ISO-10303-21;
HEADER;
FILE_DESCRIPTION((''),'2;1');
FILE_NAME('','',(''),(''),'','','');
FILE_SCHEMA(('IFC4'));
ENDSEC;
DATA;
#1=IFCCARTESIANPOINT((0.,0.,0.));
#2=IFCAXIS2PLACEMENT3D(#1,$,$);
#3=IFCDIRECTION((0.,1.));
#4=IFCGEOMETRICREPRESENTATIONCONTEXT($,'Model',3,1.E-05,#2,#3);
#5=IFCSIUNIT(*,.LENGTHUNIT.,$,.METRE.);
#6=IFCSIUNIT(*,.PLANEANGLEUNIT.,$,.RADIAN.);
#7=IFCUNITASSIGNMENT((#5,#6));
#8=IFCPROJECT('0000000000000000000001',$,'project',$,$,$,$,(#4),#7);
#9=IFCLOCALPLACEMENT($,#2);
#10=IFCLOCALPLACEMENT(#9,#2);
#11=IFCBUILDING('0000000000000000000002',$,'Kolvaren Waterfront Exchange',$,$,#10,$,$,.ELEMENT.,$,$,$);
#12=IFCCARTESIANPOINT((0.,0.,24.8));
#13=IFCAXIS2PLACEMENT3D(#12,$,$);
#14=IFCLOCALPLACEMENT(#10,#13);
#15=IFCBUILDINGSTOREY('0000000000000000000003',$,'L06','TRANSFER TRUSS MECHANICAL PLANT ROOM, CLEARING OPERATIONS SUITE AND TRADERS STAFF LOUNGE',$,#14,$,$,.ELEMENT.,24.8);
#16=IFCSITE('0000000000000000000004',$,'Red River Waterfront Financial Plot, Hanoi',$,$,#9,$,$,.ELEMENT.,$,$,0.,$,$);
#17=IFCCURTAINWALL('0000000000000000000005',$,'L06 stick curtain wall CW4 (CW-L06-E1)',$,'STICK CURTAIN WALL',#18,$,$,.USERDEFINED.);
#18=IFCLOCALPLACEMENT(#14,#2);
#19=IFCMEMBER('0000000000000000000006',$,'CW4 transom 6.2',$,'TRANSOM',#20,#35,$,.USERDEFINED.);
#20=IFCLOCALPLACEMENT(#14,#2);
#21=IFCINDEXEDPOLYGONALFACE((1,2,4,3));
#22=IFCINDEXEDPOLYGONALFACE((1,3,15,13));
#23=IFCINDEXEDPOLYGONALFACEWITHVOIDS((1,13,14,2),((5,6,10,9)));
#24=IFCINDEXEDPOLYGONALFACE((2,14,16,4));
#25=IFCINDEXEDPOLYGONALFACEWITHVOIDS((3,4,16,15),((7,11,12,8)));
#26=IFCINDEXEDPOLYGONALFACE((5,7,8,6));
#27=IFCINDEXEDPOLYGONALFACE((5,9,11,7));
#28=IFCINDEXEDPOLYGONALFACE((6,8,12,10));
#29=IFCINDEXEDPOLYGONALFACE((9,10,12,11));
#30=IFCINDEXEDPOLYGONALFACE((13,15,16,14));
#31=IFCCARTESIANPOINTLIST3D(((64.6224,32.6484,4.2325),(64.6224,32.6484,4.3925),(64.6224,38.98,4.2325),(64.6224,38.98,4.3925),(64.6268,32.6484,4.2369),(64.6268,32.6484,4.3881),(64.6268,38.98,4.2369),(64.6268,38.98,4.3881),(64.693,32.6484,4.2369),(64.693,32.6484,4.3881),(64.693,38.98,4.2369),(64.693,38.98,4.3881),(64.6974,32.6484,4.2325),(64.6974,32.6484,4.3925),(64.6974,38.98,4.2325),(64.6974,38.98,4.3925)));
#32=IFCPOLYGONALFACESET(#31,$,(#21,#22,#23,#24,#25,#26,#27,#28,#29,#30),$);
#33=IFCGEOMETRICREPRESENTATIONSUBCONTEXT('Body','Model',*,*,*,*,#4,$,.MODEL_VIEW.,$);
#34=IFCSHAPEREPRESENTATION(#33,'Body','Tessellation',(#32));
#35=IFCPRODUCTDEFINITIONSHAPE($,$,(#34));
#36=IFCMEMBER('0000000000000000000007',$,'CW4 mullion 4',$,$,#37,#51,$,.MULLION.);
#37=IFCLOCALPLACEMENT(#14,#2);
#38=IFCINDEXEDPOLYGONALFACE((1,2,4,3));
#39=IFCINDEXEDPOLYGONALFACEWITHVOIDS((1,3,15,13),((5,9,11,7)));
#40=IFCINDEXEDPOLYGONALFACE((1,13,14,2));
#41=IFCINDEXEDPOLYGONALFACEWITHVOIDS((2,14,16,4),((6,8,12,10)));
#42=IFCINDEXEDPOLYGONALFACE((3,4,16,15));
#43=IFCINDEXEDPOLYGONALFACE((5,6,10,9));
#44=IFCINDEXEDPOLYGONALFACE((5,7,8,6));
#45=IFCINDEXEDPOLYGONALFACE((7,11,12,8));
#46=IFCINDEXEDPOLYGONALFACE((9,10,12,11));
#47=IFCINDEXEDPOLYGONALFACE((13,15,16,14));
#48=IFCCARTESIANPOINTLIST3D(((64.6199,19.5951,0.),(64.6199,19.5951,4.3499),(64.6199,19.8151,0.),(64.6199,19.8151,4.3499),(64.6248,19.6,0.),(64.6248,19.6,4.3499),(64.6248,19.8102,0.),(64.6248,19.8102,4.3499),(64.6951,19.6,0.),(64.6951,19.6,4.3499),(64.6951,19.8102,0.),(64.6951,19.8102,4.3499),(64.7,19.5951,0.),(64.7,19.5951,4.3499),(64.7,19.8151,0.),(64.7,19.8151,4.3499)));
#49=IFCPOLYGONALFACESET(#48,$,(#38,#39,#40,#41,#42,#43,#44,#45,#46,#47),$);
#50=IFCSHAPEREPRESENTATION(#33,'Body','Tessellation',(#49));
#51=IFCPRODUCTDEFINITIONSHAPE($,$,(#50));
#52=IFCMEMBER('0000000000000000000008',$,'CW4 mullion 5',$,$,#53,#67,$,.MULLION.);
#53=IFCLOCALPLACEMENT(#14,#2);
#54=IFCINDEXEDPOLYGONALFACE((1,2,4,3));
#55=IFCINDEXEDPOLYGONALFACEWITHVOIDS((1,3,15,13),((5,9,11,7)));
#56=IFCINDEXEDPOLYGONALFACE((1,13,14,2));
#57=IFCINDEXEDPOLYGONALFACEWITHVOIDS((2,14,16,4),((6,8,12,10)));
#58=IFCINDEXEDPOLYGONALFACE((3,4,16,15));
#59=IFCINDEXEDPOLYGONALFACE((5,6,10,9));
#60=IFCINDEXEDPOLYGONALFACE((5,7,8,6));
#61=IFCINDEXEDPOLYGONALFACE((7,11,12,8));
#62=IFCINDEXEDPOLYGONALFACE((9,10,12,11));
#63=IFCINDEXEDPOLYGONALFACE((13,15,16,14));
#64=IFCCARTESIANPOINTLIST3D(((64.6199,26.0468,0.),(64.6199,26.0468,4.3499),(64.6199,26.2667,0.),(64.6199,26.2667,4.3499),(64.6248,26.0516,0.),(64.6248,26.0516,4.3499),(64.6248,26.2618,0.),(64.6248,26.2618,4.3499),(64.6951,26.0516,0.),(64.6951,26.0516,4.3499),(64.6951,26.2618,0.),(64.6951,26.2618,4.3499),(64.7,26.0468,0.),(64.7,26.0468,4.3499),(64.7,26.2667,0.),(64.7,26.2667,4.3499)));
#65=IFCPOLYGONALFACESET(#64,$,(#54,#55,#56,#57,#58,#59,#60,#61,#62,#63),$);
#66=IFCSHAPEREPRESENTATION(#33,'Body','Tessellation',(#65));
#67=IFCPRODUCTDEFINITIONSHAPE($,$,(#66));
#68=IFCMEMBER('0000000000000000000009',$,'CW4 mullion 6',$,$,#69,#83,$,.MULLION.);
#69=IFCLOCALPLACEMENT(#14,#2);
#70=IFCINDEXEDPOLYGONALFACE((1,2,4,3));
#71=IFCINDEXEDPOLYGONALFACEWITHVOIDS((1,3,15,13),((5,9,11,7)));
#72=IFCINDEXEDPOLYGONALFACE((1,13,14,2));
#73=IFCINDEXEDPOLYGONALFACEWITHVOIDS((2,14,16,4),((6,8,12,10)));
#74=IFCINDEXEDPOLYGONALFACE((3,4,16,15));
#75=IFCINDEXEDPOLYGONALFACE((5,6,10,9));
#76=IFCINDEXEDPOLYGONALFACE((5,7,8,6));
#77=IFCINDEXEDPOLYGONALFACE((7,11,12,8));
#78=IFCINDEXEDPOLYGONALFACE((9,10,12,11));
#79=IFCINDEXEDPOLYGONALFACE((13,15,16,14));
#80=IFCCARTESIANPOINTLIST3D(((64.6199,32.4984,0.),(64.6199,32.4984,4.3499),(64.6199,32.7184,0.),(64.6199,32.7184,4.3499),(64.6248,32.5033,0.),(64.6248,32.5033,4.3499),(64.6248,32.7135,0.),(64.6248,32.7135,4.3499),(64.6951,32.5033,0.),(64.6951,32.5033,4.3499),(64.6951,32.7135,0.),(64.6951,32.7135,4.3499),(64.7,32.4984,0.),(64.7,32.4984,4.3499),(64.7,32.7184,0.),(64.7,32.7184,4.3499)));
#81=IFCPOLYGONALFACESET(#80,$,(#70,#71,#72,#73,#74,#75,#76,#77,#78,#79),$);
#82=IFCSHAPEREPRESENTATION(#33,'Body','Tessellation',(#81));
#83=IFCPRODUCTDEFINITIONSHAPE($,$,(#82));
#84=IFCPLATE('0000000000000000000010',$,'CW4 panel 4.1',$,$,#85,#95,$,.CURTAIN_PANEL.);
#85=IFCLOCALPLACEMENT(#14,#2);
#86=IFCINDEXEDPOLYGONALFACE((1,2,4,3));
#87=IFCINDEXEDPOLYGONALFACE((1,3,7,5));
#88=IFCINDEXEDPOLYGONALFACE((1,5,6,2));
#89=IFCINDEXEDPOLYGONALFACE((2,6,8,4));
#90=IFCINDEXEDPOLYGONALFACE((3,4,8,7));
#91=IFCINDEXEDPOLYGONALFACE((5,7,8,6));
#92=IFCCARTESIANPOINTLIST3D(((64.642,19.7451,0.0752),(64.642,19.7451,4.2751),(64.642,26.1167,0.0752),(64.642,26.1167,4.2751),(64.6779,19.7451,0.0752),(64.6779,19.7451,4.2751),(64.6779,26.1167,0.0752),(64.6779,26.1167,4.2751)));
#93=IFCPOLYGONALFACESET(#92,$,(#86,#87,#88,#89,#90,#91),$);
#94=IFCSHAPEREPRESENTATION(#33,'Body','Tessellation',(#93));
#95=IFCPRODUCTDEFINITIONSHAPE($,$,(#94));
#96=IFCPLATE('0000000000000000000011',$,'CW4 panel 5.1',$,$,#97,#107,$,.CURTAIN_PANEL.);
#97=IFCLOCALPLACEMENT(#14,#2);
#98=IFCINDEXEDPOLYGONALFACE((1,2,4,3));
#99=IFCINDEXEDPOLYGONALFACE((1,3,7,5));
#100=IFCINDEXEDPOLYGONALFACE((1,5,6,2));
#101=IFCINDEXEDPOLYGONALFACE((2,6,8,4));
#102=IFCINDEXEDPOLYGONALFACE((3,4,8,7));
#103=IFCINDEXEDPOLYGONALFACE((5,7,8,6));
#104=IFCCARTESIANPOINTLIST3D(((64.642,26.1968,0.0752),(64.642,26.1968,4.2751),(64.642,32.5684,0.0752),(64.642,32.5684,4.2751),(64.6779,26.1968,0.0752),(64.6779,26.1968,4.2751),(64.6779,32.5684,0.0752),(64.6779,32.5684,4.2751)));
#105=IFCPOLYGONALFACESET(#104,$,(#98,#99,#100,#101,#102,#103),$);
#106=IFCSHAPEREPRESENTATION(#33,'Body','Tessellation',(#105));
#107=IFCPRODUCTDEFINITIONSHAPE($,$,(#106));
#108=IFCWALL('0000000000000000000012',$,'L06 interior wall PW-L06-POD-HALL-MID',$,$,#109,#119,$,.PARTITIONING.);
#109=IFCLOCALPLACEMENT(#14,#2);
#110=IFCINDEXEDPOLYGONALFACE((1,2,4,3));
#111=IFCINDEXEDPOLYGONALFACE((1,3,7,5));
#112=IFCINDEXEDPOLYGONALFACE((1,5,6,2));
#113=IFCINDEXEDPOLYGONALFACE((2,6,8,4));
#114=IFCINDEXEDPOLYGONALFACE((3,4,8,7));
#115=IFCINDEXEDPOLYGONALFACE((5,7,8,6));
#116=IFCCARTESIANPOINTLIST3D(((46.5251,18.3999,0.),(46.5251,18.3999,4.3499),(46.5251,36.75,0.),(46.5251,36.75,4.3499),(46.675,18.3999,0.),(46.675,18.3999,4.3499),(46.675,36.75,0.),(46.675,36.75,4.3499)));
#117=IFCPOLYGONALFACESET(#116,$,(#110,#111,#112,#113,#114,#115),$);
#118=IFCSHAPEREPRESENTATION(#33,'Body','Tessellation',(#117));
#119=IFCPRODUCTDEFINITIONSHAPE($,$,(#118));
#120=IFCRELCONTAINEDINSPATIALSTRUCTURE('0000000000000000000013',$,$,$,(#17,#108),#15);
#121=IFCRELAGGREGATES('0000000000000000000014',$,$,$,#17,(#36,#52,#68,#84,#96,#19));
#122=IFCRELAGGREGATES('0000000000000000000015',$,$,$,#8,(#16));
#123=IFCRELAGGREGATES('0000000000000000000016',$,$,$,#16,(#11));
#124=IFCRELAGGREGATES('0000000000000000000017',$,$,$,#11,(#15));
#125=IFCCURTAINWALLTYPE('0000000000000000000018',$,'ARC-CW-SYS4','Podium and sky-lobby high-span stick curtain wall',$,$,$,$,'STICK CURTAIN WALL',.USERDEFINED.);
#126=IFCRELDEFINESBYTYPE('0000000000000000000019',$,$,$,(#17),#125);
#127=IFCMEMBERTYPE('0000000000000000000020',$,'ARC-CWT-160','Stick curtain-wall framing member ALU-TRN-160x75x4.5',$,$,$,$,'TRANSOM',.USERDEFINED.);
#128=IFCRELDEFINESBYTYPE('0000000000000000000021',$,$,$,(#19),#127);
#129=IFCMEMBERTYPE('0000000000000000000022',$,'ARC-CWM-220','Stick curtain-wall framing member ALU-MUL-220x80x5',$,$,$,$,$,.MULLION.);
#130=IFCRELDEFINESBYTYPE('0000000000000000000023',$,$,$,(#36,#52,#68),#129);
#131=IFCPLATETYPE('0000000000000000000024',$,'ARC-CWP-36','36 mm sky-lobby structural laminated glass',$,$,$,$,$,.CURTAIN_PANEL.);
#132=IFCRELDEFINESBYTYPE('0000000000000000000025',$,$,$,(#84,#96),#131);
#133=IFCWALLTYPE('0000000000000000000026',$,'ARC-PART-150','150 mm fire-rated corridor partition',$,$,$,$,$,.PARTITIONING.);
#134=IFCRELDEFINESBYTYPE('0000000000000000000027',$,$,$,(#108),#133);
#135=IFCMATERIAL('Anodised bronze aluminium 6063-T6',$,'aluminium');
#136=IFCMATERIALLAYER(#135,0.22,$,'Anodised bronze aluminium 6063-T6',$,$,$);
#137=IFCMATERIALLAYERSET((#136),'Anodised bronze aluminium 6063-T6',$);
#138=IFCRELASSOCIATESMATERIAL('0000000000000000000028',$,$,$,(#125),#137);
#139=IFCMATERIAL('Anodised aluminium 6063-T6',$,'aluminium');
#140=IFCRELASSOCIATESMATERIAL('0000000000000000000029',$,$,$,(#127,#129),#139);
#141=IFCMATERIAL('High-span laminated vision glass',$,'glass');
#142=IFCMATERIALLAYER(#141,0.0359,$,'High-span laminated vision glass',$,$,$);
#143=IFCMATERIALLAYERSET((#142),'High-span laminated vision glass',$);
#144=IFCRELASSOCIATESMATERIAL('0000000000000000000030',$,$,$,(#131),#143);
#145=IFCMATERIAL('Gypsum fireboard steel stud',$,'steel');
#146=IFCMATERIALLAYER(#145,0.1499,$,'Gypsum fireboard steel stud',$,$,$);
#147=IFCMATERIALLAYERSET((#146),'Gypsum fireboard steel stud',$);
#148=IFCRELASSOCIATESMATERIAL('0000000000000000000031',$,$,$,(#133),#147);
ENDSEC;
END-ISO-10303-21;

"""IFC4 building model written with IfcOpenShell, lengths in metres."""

from ifc_helpers import new_model, si_unit, direction, frame, frame_2d, origin, origin_with_axes, origin_2d, place, context, subcontext, project, spatial, rectangle, hollow_rectangle, extrude, source, transform, mapped, material, layer, layer_set, material_profile, profile_set, type_object, element, aggregate, save


model = new_model("IFC4")

# Units and contexts
model_context = context("Model", 3, precision=1e-05, world=origin(), true_north=direction((0.0, 1.0)))
body_context = subcontext(model_context, "Body", "Model", "MODEL_VIEW")
ifc_project = project(units=[si_unit("LENGTHUNIT", "METRE"), si_unit("PLANEANGLEUNIT", "RADIAN")], contexts=[model_context])

# Site, building, storey
site_placement = place(None, origin())
site = spatial("IfcSite", under=ifc_project, at=site_placement, Name="Red River Waterfront Financial Plot, Hanoi", CompositionType="ELEMENT", RefElevation=0.0)
building_placement = place(site_placement, origin())
building = spatial("IfcBuilding", under=site, at=building_placement, Name="Kolvaren Waterfront Exchange", CompositionType="ELEMENT")
storey_placement = place(building_placement, frame((0.0, 0.0, 24.8)))
storey = spatial("IfcBuildingStorey", under=building, at=storey_placement, Name="L06", Description="TRANSFER TRUSS MECHANICAL PLANT ROOM, CLEARING OPERATIONS SUITE AND TRADERS STAFF LOUNGE", CompositionType="ELEMENT", Elevation=24.8)

# Curtain wall, members, plates
ifc_material_1 = material(Name="Anodised bronze aluminium 6063-T6", Category="aluminium")
ifc_layer_1 = layer(ifc_material_1, 0.22, Name="Anodised bronze aluminium 6063-T6")
ifc_layer_set_1 = layer_set([ifc_layer_1], Name="Anodised bronze aluminium 6063-T6")
curtain_wall_type = type_object("IfcCurtainWallType", Name="ARC-CW-SYS4", Description="Podium and sky-lobby high-span stick curtain wall", ElementType="STICK CURTAIN WALL", PredefinedType="USERDEFINED", material=ifc_layer_set_1)
curtain_wall_placement = place(storey_placement, origin())
curtain_wall = element("IfcCurtainWall", 1, at=curtain_wall_placement, inside=storey, type_object=curtain_wall_type, Name="L06 stick curtain wall CW4 (CW-L06-E1)", ObjectType="STICK CURTAIN WALL", PredefinedType="USERDEFINED")
ifc_material_2 = material(Name="Anodised aluminium 6063-T6", Category="aluminium")
ifc_material_profile_1 = material_profile(ifc_material_2, hollow_rectangle(XDim=0.075, YDim=0.1599, WallThickness=0.0044, at=origin_2d()), Name="ALU-TRN-160x75x4.5")
ifc_profile_set_1 = profile_set([ifc_material_profile_1], Name="Anodised aluminium 6063-T6")
member_type_1 = type_object("IfcMemberType", Name="ARC-CWT-160", Description="Stick curtain-wall framing member ALU-TRN-160x75x4.5", ElementType="TRANSOM", PredefinedType="USERDEFINED", material=ifc_profile_set_1)
shared_shape_1 = source(origin_with_axes(), body_context, "Body", "SweptSolid", [
    extrude(hollow_rectangle(XDim=0.075, YDim=0.1599, WallThickness=0.0044, at=origin_2d()), origin(), (0.0, 0.0, 1.0), 6.3315),
])
member_1_placement = place(storey_placement, frame((64.6599, 32.6484, 4.3125), z_axis=(0.0, 1.0, 0.0), x_axis=(-1.0, 0.0, 0.0)))
member_1 = element("IfcMember", 2, at=member_1_placement, type_object=member_type_1, Name="CW4 transom 6.2", ObjectType="TRANSOM", PredefinedType="USERDEFINED", context=body_context, shape_type="MappedRepresentation", body=[
    mapped(shared_shape_1, transform((0.0, 0.0, 0.0), x_axis=(1.0, 0.0, 0.0), y_axis=(0.0, 1.0, 0.0), z_axis=(0.0, 0.0, 1.0), scale=1.0)),
])
ifc_material_profile_2 = material_profile(ifc_material_2, hollow_rectangle(XDim=0.0801, YDim=0.22, WallThickness=0.0049, at=origin_2d()), Name="ALU-MUL-220x80x5")
ifc_profile_set_2 = profile_set([ifc_material_profile_2], Name="Anodised aluminium 6063-T6")
member_type_2 = type_object("IfcMemberType", Name="ARC-CWM-220", Description="Stick curtain-wall framing member ALU-MUL-220x80x5", PredefinedType="MULLION", material=ifc_profile_set_2)
shared_shape_2 = source(origin_with_axes(), body_context, "Body", "SweptSolid", [
    extrude(hollow_rectangle(XDim=0.0801, YDim=0.22, WallThickness=0.0049, at=origin_2d()), origin(), (0.0, 0.0, 1.0), 4.3499),
])
member_2_placement = place(storey_placement, frame((64.6599, 19.7051, 0.0), z_axis=(0.0, 0.0, 1.0), x_axis=(-1.0, 0.0, 0.0)))
member_2 = element("IfcMember", 3, at=member_2_placement, type_object=member_type_2, Name="CW4 mullion 4", PredefinedType="MULLION", context=body_context, shape_type="MappedRepresentation", body=[
    mapped(shared_shape_2, transform((0.0, 0.0, 0.0), x_axis=(1.0, 0.0, 0.0), y_axis=(0.0, 1.0, 0.0), z_axis=(0.0, 0.0, 1.0), scale=1.0)),
])
member_3_placement = place(storey_placement, frame((64.6599, 26.1567, 0.0), z_axis=(0.0, 0.0, 1.0), x_axis=(-1.0, 0.0, 0.0)))
member_3 = element("IfcMember", 4, at=member_3_placement, type_object=member_type_2, Name="CW4 mullion 5", PredefinedType="MULLION", context=body_context, shape_type="MappedRepresentation", body=[
    mapped(shared_shape_2, transform((0.0, 0.0, 0.0), x_axis=(1.0, 0.0, 0.0), y_axis=(0.0, 1.0, 0.0), z_axis=(0.0, 0.0, 1.0), scale=1.0)),
])
member_4_placement = place(storey_placement, frame((64.6599, 32.6084, 0.0), z_axis=(0.0, 0.0, 1.0), x_axis=(-1.0, 0.0, 0.0)))
member_4 = element("IfcMember", 5, at=member_4_placement, type_object=member_type_2, Name="CW4 mullion 6", PredefinedType="MULLION", context=body_context, shape_type="MappedRepresentation", body=[
    mapped(shared_shape_2, transform((0.0, 0.0, 0.0), x_axis=(1.0, 0.0, 0.0), y_axis=(0.0, 1.0, 0.0), z_axis=(0.0, 0.0, 1.0), scale=1.0)),
])
ifc_material_3 = material(Name="High-span laminated vision glass", Category="glass")
ifc_layer_2 = layer(ifc_material_3, 0.0359, Name="High-span laminated vision glass")
ifc_layer_set_2 = layer_set([ifc_layer_2], Name="High-span laminated vision glass")
plate_type = type_object("IfcPlateType", Name="ARC-CWP-36", Description="36 mm sky-lobby structural laminated glass", PredefinedType="CURTAIN_PANEL", material=ifc_layer_set_2)
shared_shape_3 = source(origin_with_axes(), body_context, "Body", "SweptSolid", [
    extrude(rectangle(XDim=6.3716, YDim=0.0359, at=origin_2d()), origin(), (0.0, 0.0, 1.0), 4.2),
])
plate_1_placement = place(storey_placement, frame((64.6599, 22.9309, 0.0752), z_axis=(0.0, 0.0, 1.0), x_axis=(0.0, 1.0, 0.0)))
plate_1 = element("IfcPlate", 6, at=plate_1_placement, type_object=plate_type, Name="CW4 panel 4.1", PredefinedType="CURTAIN_PANEL", context=body_context, shape_type="MappedRepresentation", body=[
    mapped(shared_shape_3, transform((0.0, 0.0, 0.0), x_axis=(1.0, 0.0, 0.0), y_axis=(0.0, 1.0, 0.0), z_axis=(0.0, 0.0, 1.0), scale=1.0)),
])
plate_2_placement = place(storey_placement, frame((64.6599, 29.3826, 0.0752), z_axis=(0.0, 0.0, 1.0), x_axis=(0.0, 1.0, 0.0)))
plate_2 = element("IfcPlate", 7, at=plate_2_placement, type_object=plate_type, Name="CW4 panel 5.1", PredefinedType="CURTAIN_PANEL", context=body_context, shape_type="MappedRepresentation", body=[
    mapped(shared_shape_3, transform((0.0, 0.0, 0.0), x_axis=(1.0, 0.0, 0.0), y_axis=(0.0, 1.0, 0.0), z_axis=(0.0, 0.0, 1.0), scale=1.0)),
])
aggregate(curtain_wall, [member_2, member_3, member_4, plate_1, plate_2, member_1])

# Wall
ifc_material_4 = material(Name="Gypsum fireboard steel stud", Category="steel")
ifc_layer_3 = layer(ifc_material_4, 0.1499, Name="Gypsum fireboard steel stud")
ifc_layer_set_3 = layer_set([ifc_layer_3], Name="Gypsum fireboard steel stud")
wall_type = type_object("IfcWallType", Name="ARC-PART-150", Description="150 mm fire-rated corridor partition", PredefinedType="PARTITIONING", material=ifc_layer_set_3)
wall_placement = place(storey_placement, frame((46.6001, 18.3999, 0.0), z_axis=(0.0, 0.0, 1.0), x_axis=(0.0, 1.0, 0.0)))
element("IfcWall", 8, at=wall_placement, inside=storey, type_object=wall_type, Name="L06 interior wall PW-L06-POD-HALL-MID", PredefinedType="PARTITIONING", context=body_context, shape_type="SweptSolid", body=[
    extrude(rectangle(XDim=18.3501, YDim=0.1499, at=frame_2d((9.175, 0.0))), origin(), (0.0, 0.0, 1.0), 4.3499),
])

save(model, "model.ifc")
